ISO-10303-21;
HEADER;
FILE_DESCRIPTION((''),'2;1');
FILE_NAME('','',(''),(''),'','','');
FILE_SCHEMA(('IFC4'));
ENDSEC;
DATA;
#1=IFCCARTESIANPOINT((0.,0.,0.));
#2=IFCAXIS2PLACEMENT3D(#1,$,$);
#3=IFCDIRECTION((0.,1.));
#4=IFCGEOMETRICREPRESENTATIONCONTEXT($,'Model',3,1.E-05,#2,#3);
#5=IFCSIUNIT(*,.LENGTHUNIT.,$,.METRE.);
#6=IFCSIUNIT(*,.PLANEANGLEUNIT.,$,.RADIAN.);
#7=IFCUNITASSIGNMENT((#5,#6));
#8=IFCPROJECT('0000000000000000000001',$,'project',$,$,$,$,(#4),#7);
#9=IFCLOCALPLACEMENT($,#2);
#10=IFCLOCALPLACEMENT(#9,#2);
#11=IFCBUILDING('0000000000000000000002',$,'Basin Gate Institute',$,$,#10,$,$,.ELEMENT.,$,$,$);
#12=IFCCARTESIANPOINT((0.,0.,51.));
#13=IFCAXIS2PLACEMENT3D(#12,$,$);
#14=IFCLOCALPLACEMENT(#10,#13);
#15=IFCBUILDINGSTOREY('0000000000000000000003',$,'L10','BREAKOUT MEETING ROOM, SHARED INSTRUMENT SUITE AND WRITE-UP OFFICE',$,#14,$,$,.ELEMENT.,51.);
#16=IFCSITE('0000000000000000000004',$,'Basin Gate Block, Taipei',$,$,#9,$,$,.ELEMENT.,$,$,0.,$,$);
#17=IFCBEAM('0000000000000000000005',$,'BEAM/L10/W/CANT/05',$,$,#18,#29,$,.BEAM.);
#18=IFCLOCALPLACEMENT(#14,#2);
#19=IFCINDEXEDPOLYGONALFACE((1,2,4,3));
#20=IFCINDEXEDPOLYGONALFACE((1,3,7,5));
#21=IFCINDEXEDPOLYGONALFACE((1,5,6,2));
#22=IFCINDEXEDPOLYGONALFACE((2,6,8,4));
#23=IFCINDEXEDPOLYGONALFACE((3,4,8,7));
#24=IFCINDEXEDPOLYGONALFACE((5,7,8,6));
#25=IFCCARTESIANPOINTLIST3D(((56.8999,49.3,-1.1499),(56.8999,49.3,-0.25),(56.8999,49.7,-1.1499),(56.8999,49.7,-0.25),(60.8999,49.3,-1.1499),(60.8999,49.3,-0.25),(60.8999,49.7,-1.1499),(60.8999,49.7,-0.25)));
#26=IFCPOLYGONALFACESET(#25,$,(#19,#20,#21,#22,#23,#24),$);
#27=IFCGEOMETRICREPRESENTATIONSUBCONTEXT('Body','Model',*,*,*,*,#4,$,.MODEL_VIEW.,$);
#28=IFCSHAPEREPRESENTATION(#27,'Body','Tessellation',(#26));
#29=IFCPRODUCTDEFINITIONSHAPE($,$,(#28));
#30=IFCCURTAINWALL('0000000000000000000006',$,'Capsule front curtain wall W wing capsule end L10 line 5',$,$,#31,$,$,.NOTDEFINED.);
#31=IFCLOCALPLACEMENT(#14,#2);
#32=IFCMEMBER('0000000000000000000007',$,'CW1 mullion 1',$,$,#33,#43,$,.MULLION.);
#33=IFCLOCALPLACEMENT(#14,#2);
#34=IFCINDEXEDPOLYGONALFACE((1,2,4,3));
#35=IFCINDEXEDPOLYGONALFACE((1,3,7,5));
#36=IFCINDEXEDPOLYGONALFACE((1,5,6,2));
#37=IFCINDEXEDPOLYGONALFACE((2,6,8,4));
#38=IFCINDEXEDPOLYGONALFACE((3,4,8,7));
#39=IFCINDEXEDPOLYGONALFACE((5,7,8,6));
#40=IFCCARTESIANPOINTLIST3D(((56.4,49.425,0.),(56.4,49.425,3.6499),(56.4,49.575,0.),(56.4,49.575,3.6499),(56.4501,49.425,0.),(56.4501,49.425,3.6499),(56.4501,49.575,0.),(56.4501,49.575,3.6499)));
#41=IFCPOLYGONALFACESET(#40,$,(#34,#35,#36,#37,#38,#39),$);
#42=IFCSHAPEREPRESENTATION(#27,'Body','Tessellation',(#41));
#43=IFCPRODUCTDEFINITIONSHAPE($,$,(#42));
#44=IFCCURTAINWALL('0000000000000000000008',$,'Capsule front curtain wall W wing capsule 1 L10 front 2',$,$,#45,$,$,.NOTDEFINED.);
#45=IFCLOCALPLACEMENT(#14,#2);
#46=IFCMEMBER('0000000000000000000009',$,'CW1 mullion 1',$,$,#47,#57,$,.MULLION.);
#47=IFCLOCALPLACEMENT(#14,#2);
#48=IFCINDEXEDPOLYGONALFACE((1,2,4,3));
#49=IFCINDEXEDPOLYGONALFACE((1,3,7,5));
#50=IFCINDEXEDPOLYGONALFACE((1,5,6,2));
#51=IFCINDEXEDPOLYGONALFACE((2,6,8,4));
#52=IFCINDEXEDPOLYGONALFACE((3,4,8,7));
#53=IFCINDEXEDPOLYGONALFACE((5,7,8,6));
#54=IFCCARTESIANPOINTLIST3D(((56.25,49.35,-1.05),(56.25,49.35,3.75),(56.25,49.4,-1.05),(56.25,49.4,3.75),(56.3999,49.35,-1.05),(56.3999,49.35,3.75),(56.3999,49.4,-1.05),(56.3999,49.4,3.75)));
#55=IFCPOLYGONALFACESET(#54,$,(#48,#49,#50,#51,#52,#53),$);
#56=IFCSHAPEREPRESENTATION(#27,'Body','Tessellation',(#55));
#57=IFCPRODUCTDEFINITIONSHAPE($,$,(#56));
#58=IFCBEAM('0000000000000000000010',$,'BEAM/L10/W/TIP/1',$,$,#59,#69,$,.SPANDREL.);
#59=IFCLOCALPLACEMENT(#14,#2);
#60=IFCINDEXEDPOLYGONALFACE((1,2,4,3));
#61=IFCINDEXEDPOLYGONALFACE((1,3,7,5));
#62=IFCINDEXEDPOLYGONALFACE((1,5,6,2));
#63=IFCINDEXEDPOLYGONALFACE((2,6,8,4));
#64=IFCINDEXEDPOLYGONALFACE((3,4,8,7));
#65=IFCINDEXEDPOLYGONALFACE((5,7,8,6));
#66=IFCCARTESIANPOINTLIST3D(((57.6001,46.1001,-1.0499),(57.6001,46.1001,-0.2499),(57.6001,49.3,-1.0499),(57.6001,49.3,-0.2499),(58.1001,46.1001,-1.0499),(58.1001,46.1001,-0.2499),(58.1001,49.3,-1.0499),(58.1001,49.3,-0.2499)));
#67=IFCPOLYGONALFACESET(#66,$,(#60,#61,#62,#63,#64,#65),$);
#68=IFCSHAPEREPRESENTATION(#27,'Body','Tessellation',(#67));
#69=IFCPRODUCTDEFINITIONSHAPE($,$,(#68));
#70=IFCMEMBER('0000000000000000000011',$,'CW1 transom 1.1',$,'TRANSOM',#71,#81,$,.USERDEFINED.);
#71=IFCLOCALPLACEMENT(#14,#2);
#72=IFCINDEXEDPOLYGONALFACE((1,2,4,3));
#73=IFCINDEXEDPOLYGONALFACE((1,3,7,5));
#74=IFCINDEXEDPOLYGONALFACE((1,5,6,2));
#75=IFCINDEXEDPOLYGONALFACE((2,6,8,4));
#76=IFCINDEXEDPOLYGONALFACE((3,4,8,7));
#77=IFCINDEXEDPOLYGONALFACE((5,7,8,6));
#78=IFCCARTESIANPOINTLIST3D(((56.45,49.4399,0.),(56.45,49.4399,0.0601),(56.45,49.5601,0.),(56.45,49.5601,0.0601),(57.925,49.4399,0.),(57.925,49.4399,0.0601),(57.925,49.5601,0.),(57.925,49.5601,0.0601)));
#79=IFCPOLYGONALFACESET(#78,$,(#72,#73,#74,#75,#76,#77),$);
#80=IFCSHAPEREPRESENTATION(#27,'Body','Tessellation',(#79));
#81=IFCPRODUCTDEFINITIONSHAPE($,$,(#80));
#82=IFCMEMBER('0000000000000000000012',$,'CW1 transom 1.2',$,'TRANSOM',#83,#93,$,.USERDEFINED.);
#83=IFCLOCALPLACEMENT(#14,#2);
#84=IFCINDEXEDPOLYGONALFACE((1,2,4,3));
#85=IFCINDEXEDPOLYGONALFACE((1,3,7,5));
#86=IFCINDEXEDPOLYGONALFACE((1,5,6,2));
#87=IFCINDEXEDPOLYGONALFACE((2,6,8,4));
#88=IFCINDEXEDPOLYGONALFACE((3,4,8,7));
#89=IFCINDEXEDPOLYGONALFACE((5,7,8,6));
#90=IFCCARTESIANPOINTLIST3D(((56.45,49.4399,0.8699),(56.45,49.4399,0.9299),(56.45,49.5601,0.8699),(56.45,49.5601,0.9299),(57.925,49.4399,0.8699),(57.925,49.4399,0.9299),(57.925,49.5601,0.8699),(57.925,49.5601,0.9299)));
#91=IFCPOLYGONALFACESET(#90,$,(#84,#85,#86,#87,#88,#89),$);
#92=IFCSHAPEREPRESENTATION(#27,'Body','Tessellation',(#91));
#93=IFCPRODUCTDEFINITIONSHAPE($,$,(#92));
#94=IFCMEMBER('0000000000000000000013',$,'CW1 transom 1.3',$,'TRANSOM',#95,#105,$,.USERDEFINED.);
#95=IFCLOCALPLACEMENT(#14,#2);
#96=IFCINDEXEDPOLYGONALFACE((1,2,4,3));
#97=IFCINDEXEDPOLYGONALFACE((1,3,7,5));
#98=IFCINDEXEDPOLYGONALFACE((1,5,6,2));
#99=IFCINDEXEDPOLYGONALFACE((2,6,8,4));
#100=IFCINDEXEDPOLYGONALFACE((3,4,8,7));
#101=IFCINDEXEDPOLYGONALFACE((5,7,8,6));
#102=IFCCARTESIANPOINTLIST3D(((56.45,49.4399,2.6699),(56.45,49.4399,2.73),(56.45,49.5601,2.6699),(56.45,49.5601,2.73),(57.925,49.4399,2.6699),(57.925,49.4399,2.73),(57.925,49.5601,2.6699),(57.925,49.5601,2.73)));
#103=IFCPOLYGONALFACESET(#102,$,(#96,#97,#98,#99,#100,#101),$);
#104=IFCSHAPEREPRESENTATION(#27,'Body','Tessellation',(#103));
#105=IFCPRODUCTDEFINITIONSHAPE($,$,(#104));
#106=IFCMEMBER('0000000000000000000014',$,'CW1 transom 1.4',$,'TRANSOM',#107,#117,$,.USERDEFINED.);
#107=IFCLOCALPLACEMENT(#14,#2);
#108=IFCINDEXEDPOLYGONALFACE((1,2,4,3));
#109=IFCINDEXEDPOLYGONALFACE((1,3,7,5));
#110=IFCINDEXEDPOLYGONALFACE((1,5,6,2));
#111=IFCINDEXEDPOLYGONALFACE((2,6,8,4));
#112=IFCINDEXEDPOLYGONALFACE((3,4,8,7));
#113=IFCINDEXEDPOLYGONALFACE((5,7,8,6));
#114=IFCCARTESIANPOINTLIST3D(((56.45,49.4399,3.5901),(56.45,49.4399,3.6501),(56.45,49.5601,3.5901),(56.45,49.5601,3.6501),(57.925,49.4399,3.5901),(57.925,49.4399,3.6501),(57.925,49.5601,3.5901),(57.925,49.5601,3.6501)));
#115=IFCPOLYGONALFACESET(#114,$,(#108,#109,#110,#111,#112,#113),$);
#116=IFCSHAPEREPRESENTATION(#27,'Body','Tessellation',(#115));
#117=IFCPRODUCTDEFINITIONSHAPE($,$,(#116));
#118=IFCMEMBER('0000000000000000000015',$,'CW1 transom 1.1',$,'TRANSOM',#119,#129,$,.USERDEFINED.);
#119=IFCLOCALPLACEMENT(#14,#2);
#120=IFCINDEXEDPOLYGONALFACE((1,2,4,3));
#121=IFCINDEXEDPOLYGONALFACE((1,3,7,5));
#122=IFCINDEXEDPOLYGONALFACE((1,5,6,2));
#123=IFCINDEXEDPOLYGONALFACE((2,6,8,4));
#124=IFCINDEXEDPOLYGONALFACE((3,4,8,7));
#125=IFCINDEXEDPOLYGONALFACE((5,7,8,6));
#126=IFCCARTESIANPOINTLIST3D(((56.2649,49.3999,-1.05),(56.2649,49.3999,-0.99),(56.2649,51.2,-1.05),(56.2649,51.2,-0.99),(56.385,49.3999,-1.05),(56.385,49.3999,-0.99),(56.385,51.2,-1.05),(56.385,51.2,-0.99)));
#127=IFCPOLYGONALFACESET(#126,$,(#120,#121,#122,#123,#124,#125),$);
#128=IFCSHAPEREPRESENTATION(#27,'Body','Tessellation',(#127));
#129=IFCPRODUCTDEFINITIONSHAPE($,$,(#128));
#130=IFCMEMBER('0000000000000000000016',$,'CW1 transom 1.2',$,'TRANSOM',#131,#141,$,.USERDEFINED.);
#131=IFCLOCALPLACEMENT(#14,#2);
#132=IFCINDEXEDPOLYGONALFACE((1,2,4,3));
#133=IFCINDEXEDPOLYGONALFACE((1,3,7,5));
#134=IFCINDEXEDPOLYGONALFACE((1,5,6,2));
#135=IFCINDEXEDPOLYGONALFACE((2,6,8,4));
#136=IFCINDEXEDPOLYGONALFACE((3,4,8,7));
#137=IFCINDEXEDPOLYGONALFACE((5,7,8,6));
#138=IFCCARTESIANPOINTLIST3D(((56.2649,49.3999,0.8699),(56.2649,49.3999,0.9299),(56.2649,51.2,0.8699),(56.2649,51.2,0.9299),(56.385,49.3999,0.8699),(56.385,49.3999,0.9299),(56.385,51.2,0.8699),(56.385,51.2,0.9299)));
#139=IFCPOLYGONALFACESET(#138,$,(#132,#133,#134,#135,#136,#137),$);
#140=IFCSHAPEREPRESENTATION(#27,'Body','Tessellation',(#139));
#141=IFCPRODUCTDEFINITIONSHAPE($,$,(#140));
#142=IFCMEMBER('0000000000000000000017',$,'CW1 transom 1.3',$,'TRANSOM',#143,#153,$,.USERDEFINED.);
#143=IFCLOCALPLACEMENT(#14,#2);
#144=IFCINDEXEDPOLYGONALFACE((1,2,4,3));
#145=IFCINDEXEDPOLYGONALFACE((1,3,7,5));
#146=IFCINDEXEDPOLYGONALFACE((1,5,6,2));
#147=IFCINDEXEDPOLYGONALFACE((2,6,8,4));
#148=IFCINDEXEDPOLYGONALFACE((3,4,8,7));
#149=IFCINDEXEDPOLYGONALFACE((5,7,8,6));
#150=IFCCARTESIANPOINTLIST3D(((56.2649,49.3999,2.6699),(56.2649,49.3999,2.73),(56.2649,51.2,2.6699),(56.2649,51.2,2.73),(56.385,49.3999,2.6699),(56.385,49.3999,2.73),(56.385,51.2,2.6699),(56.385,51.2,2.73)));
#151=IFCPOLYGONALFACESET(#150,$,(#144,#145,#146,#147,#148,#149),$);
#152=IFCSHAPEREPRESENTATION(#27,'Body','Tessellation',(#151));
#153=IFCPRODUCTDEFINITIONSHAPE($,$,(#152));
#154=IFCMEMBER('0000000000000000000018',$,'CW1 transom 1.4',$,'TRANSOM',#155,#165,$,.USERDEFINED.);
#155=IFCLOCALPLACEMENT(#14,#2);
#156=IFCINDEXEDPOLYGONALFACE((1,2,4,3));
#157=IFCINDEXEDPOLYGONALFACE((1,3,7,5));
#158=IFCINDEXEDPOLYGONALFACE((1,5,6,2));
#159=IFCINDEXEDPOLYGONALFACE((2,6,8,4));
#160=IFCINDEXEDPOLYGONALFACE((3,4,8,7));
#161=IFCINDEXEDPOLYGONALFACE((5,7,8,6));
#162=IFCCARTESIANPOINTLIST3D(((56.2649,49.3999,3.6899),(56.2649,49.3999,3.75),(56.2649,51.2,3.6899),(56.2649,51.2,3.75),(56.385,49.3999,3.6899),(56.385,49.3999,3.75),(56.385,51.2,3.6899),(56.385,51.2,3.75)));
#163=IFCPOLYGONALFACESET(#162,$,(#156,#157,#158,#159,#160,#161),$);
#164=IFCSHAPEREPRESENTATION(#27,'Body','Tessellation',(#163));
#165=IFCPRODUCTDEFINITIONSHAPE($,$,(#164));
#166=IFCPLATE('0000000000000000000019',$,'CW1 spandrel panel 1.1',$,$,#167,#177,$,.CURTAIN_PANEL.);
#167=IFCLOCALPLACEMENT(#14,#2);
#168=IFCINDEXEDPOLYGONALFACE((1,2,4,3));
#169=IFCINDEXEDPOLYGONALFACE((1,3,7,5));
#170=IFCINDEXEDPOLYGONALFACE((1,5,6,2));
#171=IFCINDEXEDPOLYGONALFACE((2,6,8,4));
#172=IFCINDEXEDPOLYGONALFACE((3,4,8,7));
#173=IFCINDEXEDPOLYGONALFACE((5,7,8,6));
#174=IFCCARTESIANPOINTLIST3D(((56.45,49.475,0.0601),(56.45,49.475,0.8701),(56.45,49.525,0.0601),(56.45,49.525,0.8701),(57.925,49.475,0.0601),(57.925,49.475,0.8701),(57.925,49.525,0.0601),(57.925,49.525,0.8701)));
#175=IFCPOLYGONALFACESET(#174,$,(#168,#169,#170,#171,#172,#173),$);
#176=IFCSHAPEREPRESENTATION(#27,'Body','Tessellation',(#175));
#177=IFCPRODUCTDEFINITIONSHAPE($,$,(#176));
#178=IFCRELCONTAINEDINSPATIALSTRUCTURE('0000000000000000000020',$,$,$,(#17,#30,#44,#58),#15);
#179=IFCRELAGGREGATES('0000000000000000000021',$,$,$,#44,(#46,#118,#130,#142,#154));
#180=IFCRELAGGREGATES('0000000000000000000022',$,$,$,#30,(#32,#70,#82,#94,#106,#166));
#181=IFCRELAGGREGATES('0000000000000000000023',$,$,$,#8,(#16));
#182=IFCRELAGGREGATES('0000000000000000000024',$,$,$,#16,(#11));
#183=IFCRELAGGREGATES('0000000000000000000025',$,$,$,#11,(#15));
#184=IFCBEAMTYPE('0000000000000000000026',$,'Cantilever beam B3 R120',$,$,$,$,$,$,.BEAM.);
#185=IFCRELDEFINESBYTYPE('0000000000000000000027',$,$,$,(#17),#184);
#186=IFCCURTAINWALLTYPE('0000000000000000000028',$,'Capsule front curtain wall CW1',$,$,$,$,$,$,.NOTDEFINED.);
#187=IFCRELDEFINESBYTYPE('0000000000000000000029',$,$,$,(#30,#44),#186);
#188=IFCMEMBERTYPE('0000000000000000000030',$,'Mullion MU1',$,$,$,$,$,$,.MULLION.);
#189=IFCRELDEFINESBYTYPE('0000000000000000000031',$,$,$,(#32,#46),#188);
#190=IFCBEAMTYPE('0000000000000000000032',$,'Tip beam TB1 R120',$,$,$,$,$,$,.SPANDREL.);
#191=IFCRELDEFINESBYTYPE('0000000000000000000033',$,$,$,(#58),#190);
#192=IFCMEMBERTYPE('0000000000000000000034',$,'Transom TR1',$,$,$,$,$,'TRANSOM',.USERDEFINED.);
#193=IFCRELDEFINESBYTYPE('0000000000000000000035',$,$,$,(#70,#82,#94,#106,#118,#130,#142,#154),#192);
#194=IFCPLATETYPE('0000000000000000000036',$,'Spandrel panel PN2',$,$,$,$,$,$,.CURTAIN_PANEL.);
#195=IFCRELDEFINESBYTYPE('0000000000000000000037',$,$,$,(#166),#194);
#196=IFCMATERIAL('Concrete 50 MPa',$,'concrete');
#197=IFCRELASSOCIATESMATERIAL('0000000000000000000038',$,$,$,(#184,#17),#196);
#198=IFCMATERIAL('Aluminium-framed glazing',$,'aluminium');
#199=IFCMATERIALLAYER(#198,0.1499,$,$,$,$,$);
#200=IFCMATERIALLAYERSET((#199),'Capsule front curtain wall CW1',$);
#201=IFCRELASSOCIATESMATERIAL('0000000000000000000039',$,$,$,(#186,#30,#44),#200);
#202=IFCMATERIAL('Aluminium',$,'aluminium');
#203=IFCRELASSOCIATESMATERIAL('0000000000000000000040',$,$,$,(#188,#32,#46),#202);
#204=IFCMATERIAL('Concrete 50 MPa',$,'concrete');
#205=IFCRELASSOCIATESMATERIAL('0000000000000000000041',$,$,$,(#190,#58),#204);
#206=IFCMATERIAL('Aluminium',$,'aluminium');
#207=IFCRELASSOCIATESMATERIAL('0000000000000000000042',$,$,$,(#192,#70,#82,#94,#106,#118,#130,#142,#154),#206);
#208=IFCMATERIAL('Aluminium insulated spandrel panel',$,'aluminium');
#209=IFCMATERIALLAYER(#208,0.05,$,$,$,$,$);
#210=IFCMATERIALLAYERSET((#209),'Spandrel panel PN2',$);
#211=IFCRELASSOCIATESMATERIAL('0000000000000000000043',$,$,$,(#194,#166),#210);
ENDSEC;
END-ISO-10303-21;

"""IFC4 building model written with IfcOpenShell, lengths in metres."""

from ifc_helpers import new_model, si_unit, direction, frame, origin, origin_2d, place, context, subcontext, project, spatial, rectangle, extrude, material, layer, layer_set, material_profile, profile_set, type_object, element, aggregate, save


model = new_model("IFC4")

# Units and contexts
model_context = context("Model", 3, precision=1e-05, world=origin(), true_north=direction((0.0, 1.0)))
body_context = subcontext(model_context, "Body", "Model", "MODEL_VIEW")
ifc_project = project(units=[si_unit("LENGTHUNIT", "METRE"), si_unit("PLANEANGLEUNIT", "RADIAN")], contexts=[model_context])

# Site, building, storey
site_placement = place(None, origin())
site = spatial("IfcSite", under=ifc_project, at=site_placement, Name="Basin Gate Block, Taipei", CompositionType="ELEMENT", RefElevation=0.0)
building_placement = place(site_placement, origin())
building = spatial("IfcBuilding", under=site, at=building_placement, Name="Basin Gate Institute", CompositionType="ELEMENT")
storey_placement = place(building_placement, frame((0.0, 0.0, 51.0)))
storey = spatial("IfcBuildingStorey", under=building, at=storey_placement, Name="L10", Description="BREAKOUT MEETING ROOM, SHARED INSTRUMENT SUITE AND WRITE-UP OFFICE", CompositionType="ELEMENT", Elevation=51.0)

# Beam
ifc_material_1 = material(Name="Concrete 50 MPa", Category="concrete")
ifc_material_profile_1 = material_profile(ifc_material_1, rectangle(XDim=0.3999, YDim=0.8999, at=origin_2d()), Name="Cantilever beam B3 400 x 900")
ifc_profile_set_1 = profile_set([ifc_material_profile_1], Name="Concrete 50 MPa")
beam_type_1 = type_object("IfcBeamType", Name="Cantilever beam B3 R120", PredefinedType="BEAM", material=ifc_profile_set_1)
beam_1_placement = place(storey_placement, frame((56.8999, 49.5, -0.7), z_axis=(1.0, 0.0, 0.0), x_axis=(0.0, 1.0, 0.0)))
element("IfcBeam", 1, at=beam_1_placement, inside=storey, type_object=beam_type_1, material=ifc_profile_set_1, Name="BEAM/L10/W/CANT/05", PredefinedType="BEAM", context=body_context, shape_type="SweptSolid", body=[
    extrude(rectangle(XDim=0.3999, YDim=0.8999, at=origin_2d()), origin(), (0.0, 0.0, 1.0), 4.0),
])

# Curtain walls, members
ifc_material_2 = material(Name="Aluminium-framed glazing", Category="aluminium")
ifc_layer_1 = layer(ifc_material_2, 0.1499)
ifc_layer_set_1 = layer_set([ifc_layer_1], Name="Capsule front curtain wall CW1")
curtain_wall_type = type_object("IfcCurtainWallType", Name="Capsule front curtain wall CW1", PredefinedType="NOTDEFINED", material=ifc_layer_set_1)
curtain_wall_1_placement = place(storey_placement, origin())
curtain_wall_1 = element("IfcCurtainWall", 2, at=curtain_wall_1_placement, inside=storey, type_object=curtain_wall_type, material=ifc_layer_set_1, Name="Capsule front curtain wall W wing capsule end L10 line 5", PredefinedType="NOTDEFINED")
ifc_material_3 = material(Name="Aluminium", Category="aluminium")
ifc_material_profile_2 = material_profile(ifc_material_3, rectangle(XDim=0.1499, YDim=0.05, at=origin_2d()), Name="Mullion MU1 150 x 50")
ifc_profile_set_2 = profile_set([ifc_material_profile_2], Name="Aluminium")
member_type_1 = type_object("IfcMemberType", Name="Mullion MU1", PredefinedType="MULLION", material=ifc_profile_set_2)
member_1_placement = place(storey_placement, frame((56.425, 49.5, 0.0), z_axis=(0.0, 0.0, 1.0), x_axis=(0.0, 1.0, 0.0)))
member_1 = element("IfcMember", 3, at=member_1_placement, type_object=member_type_1, material=ifc_profile_set_2, Name="CW1 mullion 1", PredefinedType="MULLION", context=body_context, shape_type="SweptSolid", body=[
    extrude(rectangle(XDim=0.1499, YDim=0.05, at=origin_2d()), origin(), (0.0, 0.0, 1.0), 3.6499),
])
curtain_wall_2_placement = place(storey_placement, origin())
curtain_wall_2 = element("IfcCurtainWall", 4, at=curtain_wall_2_placement, inside=storey, type_object=curtain_wall_type, material=ifc_layer_set_1, Name="Capsule front curtain wall W wing capsule 1 L10 front 2", PredefinedType="NOTDEFINED")
member_2_placement = place(storey_placement, frame((56.325, 49.375, -1.05), z_axis=(0.0, 0.0, 1.0), x_axis=(-1.0, 0.0, 0.0)))
member_2 = element("IfcMember", 5, at=member_2_placement, type_object=member_type_1, material=ifc_profile_set_2, Name="CW1 mullion 1", PredefinedType="MULLION", context=body_context, shape_type="SweptSolid", body=[
    extrude(rectangle(XDim=0.1499, YDim=0.05, at=origin_2d()), origin(), (0.0, 0.0, 1.0), 4.8),
])

# Beam
ifc_material_4 = material(Name="Concrete 50 MPa", Category="concrete")
ifc_material_profile_3 = material_profile(ifc_material_4, rectangle(XDim=0.5, YDim=0.8, at=origin_2d()), Name="Tip beam TB1 500 x 800")
ifc_profile_set_3 = profile_set([ifc_material_profile_3], Name="Concrete 50 MPa")
beam_type_2 = type_object("IfcBeamType", Name="Tip beam TB1 R120", PredefinedType="SPANDREL", material=ifc_profile_set_3)
beam_2_placement = place(storey_placement, frame((57.8501, 46.1001, -0.6499), z_axis=(0.0, 1.0, 0.0), x_axis=(-1.0, 0.0, 0.0)))
element("IfcBeam", 6, at=beam_2_placement, inside=storey, type_object=beam_type_2, material=ifc_profile_set_3, Name="BEAM/L10/W/TIP/1", PredefinedType="SPANDREL", context=body_context, shape_type="SweptSolid", body=[
    extrude(rectangle(XDim=0.5, YDim=0.8, at=origin_2d()), origin(), (0.0, 0.0, 1.0), 3.2),
])

# Members
ifc_material_5 = material(Name="Aluminium", Category="aluminium")
ifc_material_profile_4 = material_profile(ifc_material_5, rectangle(XDim=0.1201, YDim=0.0601, at=origin_2d()), Name="Transom TR1 120 x 60")
ifc_profile_set_4 = profile_set([ifc_material_profile_4], Name="Aluminium")
member_type_2 = type_object("IfcMemberType", Name="Transom TR1", ElementType="TRANSOM", PredefinedType="USERDEFINED", material=ifc_profile_set_4)
member_3_placement = place(storey_placement, frame((56.45, 49.5, 0.03), z_axis=(1.0, 0.0, 0.0), x_axis=(0.0, 1.0, 0.0)))
member_3 = element("IfcMember", 7, at=member_3_placement, type_object=member_type_2, material=ifc_profile_set_4, Name="CW1 transom 1.1", ObjectType="TRANSOM", PredefinedType="USERDEFINED", context=body_context, shape_type="SweptSolid", body=[
    extrude(rectangle(XDim=0.1201, YDim=0.0601, at=origin_2d()), origin(), (0.0, 0.0, 1.0), 1.4751),
])
member_4_placement = place(storey_placement, frame((56.45, 49.5, 0.8999), z_axis=(1.0, 0.0, 0.0), x_axis=(0.0, 1.0, 0.0)))
member_4 = element("IfcMember", 8, at=member_4_placement, type_object=member_type_2, material=ifc_profile_set_4, Name="CW1 transom 1.2", ObjectType="TRANSOM", PredefinedType="USERDEFINED", context=body_context, shape_type="SweptSolid", body=[
    extrude(rectangle(XDim=0.1201, YDim=0.0601, at=origin_2d()), origin(), (0.0, 0.0, 1.0), 1.4751),
])
member_5_placement = place(storey_placement, frame((56.45, 49.5, 2.7), z_axis=(1.0, 0.0, 0.0), x_axis=(0.0, 1.0, 0.0)))
member_5 = element("IfcMember", 9, at=member_5_placement, type_object=member_type_2, material=ifc_profile_set_4, Name="CW1 transom 1.3", ObjectType="TRANSOM", PredefinedType="USERDEFINED", context=body_context, shape_type="SweptSolid", body=[
    extrude(rectangle(XDim=0.1201, YDim=0.0601, at=origin_2d()), origin(), (0.0, 0.0, 1.0), 1.4751),
])
member_6_placement = place(storey_placement, frame((56.45, 49.5, 3.6201), z_axis=(1.0, 0.0, 0.0), x_axis=(0.0, 1.0, 0.0)))
member_6 = element("IfcMember", 10, at=member_6_placement, type_object=member_type_2, material=ifc_profile_set_4, Name="CW1 transom 1.4", ObjectType="TRANSOM", PredefinedType="USERDEFINED", context=body_context, shape_type="SweptSolid", body=[
    extrude(rectangle(XDim=0.1201, YDim=0.0601, at=origin_2d()), origin(), (0.0, 0.0, 1.0), 1.4751),
])
member_7_placement = place(storey_placement, frame((56.325, 49.3999, -1.02), z_axis=(0.0, 1.0, 0.0), x_axis=(-1.0, 0.0, 0.0)))
member_7 = element("IfcMember", 11, at=member_7_placement, type_object=member_type_2, material=ifc_profile_set_4, Name="CW1 transom 1.1", ObjectType="TRANSOM", PredefinedType="USERDEFINED", context=body_context, shape_type="SweptSolid", body=[
    extrude(rectangle(XDim=0.1201, YDim=0.0601, at=origin_2d()), origin(), (0.0, 0.0, 1.0), 1.8),
])
member_8_placement = place(storey_placement, frame((56.325, 49.3999, 0.8999), z_axis=(0.0, 1.0, 0.0), x_axis=(-1.0, 0.0, 0.0)))
member_8 = element("IfcMember", 12, at=member_8_placement, type_object=member_type_2, material=ifc_profile_set_4, Name="CW1 transom 1.2", ObjectType="TRANSOM", PredefinedType="USERDEFINED", context=body_context, shape_type="SweptSolid", body=[
    extrude(rectangle(XDim=0.1201, YDim=0.0601, at=origin_2d()), origin(), (0.0, 0.0, 1.0), 1.8),
])
member_9_placement = place(storey_placement, frame((56.325, 49.3999, 2.7), z_axis=(0.0, 1.0, 0.0), x_axis=(-1.0, 0.0, 0.0)))
member_9 = element("IfcMember", 13, at=member_9_placement, type_object=member_type_2, material=ifc_profile_set_4, Name="CW1 transom 1.3", ObjectType="TRANSOM", PredefinedType="USERDEFINED", context=body_context, shape_type="SweptSolid", body=[
    extrude(rectangle(XDim=0.1201, YDim=0.0601, at=origin_2d()), origin(), (0.0, 0.0, 1.0), 1.8),
])
member_10_placement = place(storey_placement, frame((56.325, 49.3999, 3.72), z_axis=(0.0, 1.0, 0.0), x_axis=(-1.0, 0.0, 0.0)))
member_10 = element("IfcMember", 14, at=member_10_placement, type_object=member_type_2, material=ifc_profile_set_4, Name="CW1 transom 1.4", ObjectType="TRANSOM", PredefinedType="USERDEFINED", context=body_context, shape_type="SweptSolid", body=[
    extrude(rectangle(XDim=0.1201, YDim=0.0601, at=origin_2d()), origin(), (0.0, 0.0, 1.0), 1.8),
])
aggregate(curtain_wall_2, [member_2, member_7, member_8, member_9, member_10])

# Plate
ifc_material_6 = material(Name="Aluminium insulated spandrel panel", Category="aluminium")
ifc_layer_2 = layer(ifc_material_6, 0.05)
ifc_layer_set_2 = layer_set([ifc_layer_2], Name="Spandrel panel PN2")
plate_type_1 = type_object("IfcPlateType", Name="Spandrel panel PN2", PredefinedType="CURTAIN_PANEL", material=ifc_layer_set_2)
plate_1_placement = place(storey_placement, frame((57.1875, 49.5, 0.0601), z_axis=(0.0, 0.0, 1.0), x_axis=(1.0, 0.0, 0.0)))
plate_1 = element("IfcPlate", 15, at=plate_1_placement, type_object=plate_type_1, material=ifc_layer_set_2, Name="CW1 spandrel panel 1.1", PredefinedType="CURTAIN_PANEL", context=body_context, shape_type="SweptSolid", body=[
    extrude(rectangle(XDim=1.4751, YDim=0.05, at=origin_2d()), origin(), (0.0, 0.0, 1.0), 0.8101),
])
aggregate(curtain_wall_1, [member_1, member_3, member_4, member_5, member_6, plate_1])

save(model, "model.ifc")
